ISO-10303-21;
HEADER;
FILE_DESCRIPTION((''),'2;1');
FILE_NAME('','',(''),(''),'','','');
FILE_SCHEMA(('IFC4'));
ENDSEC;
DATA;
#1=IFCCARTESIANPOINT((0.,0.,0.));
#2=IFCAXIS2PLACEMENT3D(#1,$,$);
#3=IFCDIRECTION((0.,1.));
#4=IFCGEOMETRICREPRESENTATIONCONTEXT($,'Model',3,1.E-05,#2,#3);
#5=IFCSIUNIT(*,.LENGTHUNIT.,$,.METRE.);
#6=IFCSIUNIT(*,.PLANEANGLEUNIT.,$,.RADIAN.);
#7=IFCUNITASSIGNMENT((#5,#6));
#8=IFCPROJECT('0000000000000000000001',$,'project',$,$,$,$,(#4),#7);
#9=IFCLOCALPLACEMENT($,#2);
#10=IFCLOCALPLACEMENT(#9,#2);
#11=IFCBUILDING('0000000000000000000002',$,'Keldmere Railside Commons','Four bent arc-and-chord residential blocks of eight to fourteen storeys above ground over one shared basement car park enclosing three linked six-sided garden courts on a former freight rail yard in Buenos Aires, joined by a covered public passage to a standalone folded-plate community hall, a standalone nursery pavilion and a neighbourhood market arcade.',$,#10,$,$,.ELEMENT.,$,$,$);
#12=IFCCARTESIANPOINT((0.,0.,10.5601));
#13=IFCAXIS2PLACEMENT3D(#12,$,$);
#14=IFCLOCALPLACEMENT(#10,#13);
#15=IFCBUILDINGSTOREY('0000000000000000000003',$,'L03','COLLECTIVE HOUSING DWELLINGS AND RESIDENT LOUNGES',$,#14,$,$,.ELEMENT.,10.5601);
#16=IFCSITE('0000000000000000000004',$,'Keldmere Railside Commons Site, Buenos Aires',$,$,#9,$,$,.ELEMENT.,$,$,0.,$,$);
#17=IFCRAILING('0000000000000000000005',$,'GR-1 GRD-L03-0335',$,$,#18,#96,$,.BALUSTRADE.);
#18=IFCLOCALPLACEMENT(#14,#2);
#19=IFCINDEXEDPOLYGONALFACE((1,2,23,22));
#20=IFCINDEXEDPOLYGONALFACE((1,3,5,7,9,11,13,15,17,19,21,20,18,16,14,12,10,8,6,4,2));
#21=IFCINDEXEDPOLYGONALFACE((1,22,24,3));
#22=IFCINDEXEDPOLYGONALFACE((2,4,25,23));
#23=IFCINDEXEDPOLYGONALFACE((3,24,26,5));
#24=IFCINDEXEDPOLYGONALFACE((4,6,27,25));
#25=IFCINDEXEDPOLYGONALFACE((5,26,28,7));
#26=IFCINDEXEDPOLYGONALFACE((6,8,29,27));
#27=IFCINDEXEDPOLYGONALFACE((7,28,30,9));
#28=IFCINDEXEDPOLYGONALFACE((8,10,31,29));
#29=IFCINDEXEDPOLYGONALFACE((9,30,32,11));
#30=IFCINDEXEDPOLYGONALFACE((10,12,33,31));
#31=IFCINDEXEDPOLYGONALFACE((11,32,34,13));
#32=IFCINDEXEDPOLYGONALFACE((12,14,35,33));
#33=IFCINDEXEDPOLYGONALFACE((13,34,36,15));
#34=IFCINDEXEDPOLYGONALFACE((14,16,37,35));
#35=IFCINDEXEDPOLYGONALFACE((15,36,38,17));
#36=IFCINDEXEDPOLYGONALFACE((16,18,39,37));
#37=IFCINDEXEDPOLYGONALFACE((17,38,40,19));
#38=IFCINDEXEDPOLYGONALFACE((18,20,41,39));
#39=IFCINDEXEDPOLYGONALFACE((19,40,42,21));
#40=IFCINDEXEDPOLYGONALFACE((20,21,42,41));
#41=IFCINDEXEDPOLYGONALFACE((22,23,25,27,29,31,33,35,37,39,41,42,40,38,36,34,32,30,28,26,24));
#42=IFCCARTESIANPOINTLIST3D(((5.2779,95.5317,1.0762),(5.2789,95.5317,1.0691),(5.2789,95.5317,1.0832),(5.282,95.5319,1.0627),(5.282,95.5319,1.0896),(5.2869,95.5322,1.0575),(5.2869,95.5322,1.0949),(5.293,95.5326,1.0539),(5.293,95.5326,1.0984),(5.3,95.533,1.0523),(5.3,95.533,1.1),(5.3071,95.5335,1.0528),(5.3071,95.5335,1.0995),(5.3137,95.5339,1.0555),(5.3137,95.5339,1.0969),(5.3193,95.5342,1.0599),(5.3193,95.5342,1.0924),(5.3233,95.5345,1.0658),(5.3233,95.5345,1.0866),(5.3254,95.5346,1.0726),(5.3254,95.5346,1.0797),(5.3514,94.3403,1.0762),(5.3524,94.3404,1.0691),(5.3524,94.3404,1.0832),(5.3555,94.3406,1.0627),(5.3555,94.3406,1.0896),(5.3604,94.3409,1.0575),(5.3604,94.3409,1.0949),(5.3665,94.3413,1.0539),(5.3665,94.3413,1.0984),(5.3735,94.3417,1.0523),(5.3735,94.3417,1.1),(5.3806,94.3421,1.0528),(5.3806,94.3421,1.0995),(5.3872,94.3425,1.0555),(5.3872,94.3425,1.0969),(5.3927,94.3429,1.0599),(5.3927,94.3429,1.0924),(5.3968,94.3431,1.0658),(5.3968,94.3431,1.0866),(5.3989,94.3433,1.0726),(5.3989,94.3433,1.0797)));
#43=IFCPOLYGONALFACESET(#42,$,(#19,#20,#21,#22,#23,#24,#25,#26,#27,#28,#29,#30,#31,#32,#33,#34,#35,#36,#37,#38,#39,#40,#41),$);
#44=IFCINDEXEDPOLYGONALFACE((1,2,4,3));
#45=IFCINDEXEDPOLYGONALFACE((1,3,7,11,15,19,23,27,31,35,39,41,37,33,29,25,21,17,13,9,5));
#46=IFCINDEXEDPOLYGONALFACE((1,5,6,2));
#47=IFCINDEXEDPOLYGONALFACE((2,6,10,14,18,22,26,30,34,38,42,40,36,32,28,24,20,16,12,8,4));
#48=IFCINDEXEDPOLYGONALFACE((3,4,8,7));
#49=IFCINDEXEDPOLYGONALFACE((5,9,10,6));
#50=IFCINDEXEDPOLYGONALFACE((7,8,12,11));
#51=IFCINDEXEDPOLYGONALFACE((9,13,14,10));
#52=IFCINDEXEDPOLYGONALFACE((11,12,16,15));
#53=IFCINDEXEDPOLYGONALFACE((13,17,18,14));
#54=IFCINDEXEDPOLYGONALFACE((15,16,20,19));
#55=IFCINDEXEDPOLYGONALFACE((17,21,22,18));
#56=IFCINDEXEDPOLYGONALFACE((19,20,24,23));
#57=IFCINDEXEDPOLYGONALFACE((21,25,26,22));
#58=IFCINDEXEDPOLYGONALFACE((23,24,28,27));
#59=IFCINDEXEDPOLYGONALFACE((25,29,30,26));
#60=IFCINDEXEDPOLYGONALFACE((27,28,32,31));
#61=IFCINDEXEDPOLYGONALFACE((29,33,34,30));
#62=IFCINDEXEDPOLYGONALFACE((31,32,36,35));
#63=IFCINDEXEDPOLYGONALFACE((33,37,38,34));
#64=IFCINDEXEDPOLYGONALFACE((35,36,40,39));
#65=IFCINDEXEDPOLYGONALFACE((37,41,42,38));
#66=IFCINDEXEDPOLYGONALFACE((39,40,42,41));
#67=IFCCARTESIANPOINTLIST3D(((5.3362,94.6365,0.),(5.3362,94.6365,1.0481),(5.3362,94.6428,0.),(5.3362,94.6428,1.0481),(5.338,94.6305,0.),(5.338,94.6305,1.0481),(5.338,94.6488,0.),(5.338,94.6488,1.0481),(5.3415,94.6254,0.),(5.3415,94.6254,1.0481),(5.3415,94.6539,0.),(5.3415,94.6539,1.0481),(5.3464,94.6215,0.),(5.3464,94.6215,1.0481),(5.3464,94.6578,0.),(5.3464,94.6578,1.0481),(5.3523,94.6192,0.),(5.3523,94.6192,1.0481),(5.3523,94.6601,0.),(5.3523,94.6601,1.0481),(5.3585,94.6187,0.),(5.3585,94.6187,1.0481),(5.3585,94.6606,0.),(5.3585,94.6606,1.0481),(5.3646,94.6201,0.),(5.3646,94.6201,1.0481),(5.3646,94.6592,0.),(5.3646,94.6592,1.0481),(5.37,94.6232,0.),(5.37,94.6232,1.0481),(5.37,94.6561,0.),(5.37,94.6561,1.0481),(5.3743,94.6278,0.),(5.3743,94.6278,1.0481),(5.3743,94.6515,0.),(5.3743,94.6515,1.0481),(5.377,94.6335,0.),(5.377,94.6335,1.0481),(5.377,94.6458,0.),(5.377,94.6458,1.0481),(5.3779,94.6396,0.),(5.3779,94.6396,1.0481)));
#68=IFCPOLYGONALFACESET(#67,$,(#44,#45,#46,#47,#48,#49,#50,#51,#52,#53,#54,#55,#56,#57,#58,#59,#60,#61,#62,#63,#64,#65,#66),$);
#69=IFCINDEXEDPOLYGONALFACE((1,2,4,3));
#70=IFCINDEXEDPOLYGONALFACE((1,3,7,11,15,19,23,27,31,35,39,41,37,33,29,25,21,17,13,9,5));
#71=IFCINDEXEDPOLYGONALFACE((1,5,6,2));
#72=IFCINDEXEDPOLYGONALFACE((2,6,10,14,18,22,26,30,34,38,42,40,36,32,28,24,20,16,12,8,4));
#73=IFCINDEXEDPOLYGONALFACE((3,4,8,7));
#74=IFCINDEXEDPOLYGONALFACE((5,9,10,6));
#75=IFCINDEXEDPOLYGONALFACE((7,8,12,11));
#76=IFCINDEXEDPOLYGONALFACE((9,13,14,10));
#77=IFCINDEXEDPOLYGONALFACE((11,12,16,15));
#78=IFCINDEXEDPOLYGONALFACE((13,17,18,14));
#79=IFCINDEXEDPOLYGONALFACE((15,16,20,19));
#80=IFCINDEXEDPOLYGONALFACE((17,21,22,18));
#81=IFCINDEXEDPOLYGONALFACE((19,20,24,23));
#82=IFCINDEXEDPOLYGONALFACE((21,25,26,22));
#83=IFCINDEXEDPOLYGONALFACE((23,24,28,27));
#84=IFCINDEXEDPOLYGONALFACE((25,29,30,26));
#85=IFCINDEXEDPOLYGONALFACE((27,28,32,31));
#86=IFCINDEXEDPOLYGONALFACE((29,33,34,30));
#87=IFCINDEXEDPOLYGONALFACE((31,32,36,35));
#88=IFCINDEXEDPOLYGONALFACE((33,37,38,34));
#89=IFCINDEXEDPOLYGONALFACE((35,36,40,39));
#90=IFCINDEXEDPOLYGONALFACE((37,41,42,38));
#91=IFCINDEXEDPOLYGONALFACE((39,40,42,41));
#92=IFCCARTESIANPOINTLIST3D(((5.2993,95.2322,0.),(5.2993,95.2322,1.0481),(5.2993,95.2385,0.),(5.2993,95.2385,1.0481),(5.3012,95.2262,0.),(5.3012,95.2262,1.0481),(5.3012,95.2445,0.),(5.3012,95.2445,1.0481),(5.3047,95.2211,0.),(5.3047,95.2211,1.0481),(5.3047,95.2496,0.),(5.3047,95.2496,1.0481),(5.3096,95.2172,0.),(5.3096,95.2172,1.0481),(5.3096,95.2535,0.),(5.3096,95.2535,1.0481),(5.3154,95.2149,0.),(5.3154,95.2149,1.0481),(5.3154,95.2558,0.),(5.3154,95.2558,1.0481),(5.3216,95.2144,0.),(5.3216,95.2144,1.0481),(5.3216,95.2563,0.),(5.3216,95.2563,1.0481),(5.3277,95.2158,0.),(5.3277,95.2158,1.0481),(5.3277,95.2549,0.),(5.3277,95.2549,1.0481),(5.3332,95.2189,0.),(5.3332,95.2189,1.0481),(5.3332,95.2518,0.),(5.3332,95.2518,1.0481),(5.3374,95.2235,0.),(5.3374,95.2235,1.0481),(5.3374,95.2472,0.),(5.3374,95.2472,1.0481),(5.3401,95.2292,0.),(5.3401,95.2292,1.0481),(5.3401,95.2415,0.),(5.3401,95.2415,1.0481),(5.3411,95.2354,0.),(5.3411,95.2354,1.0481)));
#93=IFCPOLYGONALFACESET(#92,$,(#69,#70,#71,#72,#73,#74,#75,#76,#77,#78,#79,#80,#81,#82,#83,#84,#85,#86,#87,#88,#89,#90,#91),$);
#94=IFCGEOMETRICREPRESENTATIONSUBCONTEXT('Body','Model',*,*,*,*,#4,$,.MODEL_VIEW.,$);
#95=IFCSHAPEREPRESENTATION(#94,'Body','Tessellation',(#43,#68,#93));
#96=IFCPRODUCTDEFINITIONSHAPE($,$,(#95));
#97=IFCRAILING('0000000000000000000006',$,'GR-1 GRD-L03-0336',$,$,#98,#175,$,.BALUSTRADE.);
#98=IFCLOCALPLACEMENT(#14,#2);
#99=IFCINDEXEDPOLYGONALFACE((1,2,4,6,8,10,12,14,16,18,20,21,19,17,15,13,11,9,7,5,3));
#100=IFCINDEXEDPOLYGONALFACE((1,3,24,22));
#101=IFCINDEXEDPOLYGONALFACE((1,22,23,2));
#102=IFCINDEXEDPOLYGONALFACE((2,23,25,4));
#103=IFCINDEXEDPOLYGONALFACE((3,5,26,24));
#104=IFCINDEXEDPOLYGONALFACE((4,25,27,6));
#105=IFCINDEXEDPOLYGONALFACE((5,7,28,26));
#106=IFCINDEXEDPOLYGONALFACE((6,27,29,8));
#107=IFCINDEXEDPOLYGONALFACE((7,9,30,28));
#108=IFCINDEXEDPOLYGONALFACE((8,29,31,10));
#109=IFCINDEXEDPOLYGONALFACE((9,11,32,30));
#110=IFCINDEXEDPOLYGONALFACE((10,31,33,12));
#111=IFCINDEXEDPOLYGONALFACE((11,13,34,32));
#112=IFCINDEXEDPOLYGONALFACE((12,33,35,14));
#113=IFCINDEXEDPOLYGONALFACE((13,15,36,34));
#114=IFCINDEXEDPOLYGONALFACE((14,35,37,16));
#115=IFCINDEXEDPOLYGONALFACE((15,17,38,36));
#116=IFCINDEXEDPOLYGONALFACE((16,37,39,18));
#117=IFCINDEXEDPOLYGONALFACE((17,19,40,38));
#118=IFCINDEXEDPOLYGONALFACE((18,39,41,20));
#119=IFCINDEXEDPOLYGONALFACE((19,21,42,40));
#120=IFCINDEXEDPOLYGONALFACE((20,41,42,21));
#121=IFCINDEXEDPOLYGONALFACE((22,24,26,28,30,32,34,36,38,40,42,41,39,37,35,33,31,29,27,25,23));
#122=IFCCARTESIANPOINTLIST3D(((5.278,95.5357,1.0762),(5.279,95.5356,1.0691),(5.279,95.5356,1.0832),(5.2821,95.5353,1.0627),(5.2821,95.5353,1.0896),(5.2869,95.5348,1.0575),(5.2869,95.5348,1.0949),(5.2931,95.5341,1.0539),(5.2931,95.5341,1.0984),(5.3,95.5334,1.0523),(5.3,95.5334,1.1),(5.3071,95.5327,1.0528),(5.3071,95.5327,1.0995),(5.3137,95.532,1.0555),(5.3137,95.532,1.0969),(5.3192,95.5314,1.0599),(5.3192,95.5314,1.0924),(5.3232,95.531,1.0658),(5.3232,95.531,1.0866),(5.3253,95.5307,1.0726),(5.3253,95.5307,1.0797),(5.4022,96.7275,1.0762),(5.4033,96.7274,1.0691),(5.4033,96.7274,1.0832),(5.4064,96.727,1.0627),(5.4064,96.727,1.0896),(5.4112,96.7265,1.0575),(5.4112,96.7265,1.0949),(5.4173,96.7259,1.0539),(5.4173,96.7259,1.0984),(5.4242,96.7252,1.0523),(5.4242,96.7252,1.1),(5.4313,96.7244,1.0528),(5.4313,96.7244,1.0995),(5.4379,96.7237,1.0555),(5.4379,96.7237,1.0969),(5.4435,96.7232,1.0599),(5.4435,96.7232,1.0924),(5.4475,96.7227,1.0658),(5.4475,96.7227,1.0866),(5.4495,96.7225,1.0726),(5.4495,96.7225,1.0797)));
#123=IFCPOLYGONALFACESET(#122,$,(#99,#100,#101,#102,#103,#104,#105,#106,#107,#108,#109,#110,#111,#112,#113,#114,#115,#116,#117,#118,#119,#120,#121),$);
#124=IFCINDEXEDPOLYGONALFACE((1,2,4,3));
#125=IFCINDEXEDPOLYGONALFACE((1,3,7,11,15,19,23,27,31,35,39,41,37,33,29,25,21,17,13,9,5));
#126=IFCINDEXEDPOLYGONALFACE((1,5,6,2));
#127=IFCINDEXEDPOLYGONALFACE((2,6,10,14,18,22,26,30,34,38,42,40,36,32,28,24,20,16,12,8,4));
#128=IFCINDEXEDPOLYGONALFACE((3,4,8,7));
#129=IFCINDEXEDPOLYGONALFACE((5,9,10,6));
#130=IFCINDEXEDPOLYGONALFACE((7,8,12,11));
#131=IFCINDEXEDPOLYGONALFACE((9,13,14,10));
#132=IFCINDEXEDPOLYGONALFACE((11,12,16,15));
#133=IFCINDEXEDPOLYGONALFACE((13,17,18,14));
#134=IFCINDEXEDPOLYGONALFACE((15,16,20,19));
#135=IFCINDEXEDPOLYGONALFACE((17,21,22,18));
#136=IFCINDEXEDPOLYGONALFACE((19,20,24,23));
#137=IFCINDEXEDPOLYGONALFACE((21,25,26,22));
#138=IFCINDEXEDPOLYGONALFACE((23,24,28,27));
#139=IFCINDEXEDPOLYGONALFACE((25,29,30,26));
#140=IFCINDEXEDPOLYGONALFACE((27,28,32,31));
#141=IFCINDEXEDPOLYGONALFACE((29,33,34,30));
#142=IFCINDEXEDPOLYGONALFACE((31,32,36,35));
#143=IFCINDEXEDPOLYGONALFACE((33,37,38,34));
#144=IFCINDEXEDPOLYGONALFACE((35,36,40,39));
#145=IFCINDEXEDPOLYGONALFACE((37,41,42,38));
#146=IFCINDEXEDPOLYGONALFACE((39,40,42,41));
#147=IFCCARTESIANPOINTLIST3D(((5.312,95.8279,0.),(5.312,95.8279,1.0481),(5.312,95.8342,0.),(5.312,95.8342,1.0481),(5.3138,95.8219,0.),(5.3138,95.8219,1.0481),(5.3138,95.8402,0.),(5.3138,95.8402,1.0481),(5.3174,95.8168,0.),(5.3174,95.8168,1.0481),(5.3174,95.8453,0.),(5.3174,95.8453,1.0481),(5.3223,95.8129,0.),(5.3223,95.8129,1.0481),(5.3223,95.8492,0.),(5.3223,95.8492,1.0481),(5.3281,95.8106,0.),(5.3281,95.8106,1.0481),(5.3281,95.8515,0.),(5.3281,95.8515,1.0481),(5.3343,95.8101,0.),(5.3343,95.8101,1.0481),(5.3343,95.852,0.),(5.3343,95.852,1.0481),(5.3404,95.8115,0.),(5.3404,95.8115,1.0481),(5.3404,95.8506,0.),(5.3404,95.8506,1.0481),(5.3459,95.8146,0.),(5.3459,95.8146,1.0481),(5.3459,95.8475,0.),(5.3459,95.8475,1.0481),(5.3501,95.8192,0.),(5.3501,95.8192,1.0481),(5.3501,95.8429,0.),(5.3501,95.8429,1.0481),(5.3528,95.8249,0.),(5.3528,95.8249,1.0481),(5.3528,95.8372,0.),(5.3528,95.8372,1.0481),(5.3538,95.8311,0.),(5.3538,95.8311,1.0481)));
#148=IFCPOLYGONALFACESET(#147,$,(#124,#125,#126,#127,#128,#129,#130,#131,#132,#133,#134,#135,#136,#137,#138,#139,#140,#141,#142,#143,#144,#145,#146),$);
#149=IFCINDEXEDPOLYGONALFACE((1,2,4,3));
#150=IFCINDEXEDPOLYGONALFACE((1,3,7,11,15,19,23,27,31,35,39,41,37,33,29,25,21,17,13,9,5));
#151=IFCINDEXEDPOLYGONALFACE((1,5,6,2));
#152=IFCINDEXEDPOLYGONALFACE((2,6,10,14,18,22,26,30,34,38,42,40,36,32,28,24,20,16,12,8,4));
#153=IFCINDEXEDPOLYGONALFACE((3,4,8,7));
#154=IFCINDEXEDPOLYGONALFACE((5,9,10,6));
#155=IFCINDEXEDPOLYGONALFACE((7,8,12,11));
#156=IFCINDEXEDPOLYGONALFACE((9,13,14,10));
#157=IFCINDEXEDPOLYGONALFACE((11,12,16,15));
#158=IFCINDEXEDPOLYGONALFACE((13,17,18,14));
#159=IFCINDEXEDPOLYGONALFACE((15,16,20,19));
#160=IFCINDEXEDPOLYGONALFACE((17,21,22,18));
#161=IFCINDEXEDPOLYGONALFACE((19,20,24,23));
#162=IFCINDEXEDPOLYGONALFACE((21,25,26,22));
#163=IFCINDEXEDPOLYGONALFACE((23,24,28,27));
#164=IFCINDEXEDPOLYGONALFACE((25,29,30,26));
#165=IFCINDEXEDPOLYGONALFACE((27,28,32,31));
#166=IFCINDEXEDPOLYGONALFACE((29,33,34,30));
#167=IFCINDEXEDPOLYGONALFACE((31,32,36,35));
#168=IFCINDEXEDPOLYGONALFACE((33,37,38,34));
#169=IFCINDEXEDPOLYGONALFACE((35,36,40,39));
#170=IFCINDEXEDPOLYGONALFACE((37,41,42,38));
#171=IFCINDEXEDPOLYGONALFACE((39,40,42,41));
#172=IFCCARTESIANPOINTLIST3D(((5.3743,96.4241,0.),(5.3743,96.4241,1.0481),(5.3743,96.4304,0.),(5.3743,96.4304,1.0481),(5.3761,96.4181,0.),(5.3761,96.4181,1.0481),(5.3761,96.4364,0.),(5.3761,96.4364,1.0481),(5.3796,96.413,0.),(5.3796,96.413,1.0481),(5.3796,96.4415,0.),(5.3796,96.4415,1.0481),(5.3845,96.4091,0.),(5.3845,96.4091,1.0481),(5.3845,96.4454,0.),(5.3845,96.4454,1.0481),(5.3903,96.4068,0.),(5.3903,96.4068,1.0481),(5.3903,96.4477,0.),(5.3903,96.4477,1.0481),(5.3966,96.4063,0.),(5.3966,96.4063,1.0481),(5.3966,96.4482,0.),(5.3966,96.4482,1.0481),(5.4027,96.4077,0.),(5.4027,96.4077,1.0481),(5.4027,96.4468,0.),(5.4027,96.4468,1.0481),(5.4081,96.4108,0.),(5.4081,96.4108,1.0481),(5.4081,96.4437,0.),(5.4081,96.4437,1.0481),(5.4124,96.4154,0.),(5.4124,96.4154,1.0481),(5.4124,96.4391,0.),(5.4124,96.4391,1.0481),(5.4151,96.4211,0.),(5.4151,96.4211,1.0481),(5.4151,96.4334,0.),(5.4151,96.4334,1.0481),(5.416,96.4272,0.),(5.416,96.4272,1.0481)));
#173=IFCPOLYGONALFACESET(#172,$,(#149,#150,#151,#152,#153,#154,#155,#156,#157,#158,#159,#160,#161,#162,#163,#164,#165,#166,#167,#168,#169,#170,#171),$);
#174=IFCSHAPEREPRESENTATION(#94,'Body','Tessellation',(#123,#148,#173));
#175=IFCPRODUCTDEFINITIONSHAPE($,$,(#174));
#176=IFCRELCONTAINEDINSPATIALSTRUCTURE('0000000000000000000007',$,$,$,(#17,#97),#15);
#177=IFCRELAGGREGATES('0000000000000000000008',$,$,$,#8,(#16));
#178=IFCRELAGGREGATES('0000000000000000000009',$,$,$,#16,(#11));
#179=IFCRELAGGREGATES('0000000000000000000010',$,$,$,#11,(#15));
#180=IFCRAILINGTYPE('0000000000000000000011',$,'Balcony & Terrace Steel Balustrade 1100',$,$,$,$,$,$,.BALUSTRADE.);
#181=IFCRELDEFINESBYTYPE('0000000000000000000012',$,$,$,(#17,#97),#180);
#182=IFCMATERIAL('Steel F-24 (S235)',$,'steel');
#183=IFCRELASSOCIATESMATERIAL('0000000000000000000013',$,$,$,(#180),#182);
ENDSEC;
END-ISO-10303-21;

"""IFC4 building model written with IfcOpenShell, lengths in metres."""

from ifc_helpers import new_model, si_unit, direction, frame, origin, origin_2d, place, context, subcontext, project, spatial, circle, extrude, material, type_object, element, save


model = new_model("IFC4")

# Units and contexts
model_context = context("Model", 3, precision=1e-05, world=origin(), true_north=direction((0.0, 1.0)))
body_context = subcontext(model_context, "Body", "Model", "MODEL_VIEW")
ifc_project = project(units=[si_unit("LENGTHUNIT", "METRE"), si_unit("PLANEANGLEUNIT", "RADIAN")], contexts=[model_context])

# Site, building, storey
site_placement = place(None, origin())
site = spatial("IfcSite", under=ifc_project, at=site_placement, Name="Keldmere Railside Commons Site, Buenos Aires", CompositionType="ELEMENT", RefElevation=0.0)
building_placement = place(site_placement, origin())
building = spatial("IfcBuilding", under=site, at=building_placement, Name="Keldmere Railside Commons", Description="Four bent arc-and-chord residential blocks of eight to fourteen storeys above ground over one shared basement car park enclosing three linked six-sided garden courts on a former freight rail yard in Buenos Aires, joined by a covered public passage to a standalone folded-plate community hall, a standalone nursery pavilion and a neighbourhood market arcade.", CompositionType="ELEMENT")
storey_placement = place(building_placement, frame((0.0, 0.0, 10.5601)))
storey = spatial("IfcBuildingStorey", under=building, at=storey_placement, Name="L03", Description="COLLECTIVE HOUSING DWELLINGS AND RESIDENT LOUNGES", CompositionType="ELEMENT", Elevation=10.5601)

# Shared definitions
ifc_material_1 = material(Name="Steel F-24 (S235)", Category="steel")

# Railings
railing_type = type_object("IfcRailingType", Name="Balcony & Terrace Steel Balustrade 1100", PredefinedType="BALUSTRADE", material=ifc_material_1)
railing_1_placement = place(storey_placement, frame((5.3752, 94.3418, 0.0)))
element("IfcRailing", 1, at=railing_1_placement, inside=storey, type_object=railing_type, Name="GR-1 GRD-L03-0335", PredefinedType="BALUSTRADE", context=body_context, shape_type="SweptSolid", body=[
    extrude(circle(Radius=0.0239, at=origin_2d()), frame((0.0, 0.0, 1.0762), z_axis=(-0.061563, 0.998103, 0.0), x_axis=(-0.998103, -0.061563, 0.0)), (0.0, 0.0, 1.0), 1.1936),
    extrude(circle(Radius=0.021, at=origin_2d()), frame((-0.0183, 0.2979, 0.0)), (0.0, 0.0, 1.0), 1.0481),
    extrude(circle(Radius=0.021, at=origin_2d()), frame((-0.0552, 0.8936, 0.0)), (0.0, 0.0, 1.0), 1.0481),
])
railing_2_placement = place(storey_placement, frame((5.3018, 95.5332, 0.0)))
element("IfcRailing", 2, at=railing_2_placement, inside=storey, type_object=railing_type, Name="GR-1 GRD-L03-0336", PredefinedType="BALUSTRADE", context=body_context, shape_type="SweptSolid", body=[
    extrude(circle(Radius=0.0239, at=origin_2d()), frame((0.0, 0.0, 1.0762), z_axis=(0.103698, 0.994609, 0.0), x_axis=(-0.994609, 0.103698, 0.0)), (0.0, 0.0, 1.0), 1.1982),
    extrude(circle(Radius=0.021, at=origin_2d()), frame((0.031, 0.2979, 0.0)), (0.0, 0.0, 1.0), 1.0481),
    extrude(circle(Radius=0.021, at=origin_2d()), frame((0.0933, 0.894, 0.0)), (0.0, 0.0, 1.0), 1.0481),
])

save(model, "model.ifc")
